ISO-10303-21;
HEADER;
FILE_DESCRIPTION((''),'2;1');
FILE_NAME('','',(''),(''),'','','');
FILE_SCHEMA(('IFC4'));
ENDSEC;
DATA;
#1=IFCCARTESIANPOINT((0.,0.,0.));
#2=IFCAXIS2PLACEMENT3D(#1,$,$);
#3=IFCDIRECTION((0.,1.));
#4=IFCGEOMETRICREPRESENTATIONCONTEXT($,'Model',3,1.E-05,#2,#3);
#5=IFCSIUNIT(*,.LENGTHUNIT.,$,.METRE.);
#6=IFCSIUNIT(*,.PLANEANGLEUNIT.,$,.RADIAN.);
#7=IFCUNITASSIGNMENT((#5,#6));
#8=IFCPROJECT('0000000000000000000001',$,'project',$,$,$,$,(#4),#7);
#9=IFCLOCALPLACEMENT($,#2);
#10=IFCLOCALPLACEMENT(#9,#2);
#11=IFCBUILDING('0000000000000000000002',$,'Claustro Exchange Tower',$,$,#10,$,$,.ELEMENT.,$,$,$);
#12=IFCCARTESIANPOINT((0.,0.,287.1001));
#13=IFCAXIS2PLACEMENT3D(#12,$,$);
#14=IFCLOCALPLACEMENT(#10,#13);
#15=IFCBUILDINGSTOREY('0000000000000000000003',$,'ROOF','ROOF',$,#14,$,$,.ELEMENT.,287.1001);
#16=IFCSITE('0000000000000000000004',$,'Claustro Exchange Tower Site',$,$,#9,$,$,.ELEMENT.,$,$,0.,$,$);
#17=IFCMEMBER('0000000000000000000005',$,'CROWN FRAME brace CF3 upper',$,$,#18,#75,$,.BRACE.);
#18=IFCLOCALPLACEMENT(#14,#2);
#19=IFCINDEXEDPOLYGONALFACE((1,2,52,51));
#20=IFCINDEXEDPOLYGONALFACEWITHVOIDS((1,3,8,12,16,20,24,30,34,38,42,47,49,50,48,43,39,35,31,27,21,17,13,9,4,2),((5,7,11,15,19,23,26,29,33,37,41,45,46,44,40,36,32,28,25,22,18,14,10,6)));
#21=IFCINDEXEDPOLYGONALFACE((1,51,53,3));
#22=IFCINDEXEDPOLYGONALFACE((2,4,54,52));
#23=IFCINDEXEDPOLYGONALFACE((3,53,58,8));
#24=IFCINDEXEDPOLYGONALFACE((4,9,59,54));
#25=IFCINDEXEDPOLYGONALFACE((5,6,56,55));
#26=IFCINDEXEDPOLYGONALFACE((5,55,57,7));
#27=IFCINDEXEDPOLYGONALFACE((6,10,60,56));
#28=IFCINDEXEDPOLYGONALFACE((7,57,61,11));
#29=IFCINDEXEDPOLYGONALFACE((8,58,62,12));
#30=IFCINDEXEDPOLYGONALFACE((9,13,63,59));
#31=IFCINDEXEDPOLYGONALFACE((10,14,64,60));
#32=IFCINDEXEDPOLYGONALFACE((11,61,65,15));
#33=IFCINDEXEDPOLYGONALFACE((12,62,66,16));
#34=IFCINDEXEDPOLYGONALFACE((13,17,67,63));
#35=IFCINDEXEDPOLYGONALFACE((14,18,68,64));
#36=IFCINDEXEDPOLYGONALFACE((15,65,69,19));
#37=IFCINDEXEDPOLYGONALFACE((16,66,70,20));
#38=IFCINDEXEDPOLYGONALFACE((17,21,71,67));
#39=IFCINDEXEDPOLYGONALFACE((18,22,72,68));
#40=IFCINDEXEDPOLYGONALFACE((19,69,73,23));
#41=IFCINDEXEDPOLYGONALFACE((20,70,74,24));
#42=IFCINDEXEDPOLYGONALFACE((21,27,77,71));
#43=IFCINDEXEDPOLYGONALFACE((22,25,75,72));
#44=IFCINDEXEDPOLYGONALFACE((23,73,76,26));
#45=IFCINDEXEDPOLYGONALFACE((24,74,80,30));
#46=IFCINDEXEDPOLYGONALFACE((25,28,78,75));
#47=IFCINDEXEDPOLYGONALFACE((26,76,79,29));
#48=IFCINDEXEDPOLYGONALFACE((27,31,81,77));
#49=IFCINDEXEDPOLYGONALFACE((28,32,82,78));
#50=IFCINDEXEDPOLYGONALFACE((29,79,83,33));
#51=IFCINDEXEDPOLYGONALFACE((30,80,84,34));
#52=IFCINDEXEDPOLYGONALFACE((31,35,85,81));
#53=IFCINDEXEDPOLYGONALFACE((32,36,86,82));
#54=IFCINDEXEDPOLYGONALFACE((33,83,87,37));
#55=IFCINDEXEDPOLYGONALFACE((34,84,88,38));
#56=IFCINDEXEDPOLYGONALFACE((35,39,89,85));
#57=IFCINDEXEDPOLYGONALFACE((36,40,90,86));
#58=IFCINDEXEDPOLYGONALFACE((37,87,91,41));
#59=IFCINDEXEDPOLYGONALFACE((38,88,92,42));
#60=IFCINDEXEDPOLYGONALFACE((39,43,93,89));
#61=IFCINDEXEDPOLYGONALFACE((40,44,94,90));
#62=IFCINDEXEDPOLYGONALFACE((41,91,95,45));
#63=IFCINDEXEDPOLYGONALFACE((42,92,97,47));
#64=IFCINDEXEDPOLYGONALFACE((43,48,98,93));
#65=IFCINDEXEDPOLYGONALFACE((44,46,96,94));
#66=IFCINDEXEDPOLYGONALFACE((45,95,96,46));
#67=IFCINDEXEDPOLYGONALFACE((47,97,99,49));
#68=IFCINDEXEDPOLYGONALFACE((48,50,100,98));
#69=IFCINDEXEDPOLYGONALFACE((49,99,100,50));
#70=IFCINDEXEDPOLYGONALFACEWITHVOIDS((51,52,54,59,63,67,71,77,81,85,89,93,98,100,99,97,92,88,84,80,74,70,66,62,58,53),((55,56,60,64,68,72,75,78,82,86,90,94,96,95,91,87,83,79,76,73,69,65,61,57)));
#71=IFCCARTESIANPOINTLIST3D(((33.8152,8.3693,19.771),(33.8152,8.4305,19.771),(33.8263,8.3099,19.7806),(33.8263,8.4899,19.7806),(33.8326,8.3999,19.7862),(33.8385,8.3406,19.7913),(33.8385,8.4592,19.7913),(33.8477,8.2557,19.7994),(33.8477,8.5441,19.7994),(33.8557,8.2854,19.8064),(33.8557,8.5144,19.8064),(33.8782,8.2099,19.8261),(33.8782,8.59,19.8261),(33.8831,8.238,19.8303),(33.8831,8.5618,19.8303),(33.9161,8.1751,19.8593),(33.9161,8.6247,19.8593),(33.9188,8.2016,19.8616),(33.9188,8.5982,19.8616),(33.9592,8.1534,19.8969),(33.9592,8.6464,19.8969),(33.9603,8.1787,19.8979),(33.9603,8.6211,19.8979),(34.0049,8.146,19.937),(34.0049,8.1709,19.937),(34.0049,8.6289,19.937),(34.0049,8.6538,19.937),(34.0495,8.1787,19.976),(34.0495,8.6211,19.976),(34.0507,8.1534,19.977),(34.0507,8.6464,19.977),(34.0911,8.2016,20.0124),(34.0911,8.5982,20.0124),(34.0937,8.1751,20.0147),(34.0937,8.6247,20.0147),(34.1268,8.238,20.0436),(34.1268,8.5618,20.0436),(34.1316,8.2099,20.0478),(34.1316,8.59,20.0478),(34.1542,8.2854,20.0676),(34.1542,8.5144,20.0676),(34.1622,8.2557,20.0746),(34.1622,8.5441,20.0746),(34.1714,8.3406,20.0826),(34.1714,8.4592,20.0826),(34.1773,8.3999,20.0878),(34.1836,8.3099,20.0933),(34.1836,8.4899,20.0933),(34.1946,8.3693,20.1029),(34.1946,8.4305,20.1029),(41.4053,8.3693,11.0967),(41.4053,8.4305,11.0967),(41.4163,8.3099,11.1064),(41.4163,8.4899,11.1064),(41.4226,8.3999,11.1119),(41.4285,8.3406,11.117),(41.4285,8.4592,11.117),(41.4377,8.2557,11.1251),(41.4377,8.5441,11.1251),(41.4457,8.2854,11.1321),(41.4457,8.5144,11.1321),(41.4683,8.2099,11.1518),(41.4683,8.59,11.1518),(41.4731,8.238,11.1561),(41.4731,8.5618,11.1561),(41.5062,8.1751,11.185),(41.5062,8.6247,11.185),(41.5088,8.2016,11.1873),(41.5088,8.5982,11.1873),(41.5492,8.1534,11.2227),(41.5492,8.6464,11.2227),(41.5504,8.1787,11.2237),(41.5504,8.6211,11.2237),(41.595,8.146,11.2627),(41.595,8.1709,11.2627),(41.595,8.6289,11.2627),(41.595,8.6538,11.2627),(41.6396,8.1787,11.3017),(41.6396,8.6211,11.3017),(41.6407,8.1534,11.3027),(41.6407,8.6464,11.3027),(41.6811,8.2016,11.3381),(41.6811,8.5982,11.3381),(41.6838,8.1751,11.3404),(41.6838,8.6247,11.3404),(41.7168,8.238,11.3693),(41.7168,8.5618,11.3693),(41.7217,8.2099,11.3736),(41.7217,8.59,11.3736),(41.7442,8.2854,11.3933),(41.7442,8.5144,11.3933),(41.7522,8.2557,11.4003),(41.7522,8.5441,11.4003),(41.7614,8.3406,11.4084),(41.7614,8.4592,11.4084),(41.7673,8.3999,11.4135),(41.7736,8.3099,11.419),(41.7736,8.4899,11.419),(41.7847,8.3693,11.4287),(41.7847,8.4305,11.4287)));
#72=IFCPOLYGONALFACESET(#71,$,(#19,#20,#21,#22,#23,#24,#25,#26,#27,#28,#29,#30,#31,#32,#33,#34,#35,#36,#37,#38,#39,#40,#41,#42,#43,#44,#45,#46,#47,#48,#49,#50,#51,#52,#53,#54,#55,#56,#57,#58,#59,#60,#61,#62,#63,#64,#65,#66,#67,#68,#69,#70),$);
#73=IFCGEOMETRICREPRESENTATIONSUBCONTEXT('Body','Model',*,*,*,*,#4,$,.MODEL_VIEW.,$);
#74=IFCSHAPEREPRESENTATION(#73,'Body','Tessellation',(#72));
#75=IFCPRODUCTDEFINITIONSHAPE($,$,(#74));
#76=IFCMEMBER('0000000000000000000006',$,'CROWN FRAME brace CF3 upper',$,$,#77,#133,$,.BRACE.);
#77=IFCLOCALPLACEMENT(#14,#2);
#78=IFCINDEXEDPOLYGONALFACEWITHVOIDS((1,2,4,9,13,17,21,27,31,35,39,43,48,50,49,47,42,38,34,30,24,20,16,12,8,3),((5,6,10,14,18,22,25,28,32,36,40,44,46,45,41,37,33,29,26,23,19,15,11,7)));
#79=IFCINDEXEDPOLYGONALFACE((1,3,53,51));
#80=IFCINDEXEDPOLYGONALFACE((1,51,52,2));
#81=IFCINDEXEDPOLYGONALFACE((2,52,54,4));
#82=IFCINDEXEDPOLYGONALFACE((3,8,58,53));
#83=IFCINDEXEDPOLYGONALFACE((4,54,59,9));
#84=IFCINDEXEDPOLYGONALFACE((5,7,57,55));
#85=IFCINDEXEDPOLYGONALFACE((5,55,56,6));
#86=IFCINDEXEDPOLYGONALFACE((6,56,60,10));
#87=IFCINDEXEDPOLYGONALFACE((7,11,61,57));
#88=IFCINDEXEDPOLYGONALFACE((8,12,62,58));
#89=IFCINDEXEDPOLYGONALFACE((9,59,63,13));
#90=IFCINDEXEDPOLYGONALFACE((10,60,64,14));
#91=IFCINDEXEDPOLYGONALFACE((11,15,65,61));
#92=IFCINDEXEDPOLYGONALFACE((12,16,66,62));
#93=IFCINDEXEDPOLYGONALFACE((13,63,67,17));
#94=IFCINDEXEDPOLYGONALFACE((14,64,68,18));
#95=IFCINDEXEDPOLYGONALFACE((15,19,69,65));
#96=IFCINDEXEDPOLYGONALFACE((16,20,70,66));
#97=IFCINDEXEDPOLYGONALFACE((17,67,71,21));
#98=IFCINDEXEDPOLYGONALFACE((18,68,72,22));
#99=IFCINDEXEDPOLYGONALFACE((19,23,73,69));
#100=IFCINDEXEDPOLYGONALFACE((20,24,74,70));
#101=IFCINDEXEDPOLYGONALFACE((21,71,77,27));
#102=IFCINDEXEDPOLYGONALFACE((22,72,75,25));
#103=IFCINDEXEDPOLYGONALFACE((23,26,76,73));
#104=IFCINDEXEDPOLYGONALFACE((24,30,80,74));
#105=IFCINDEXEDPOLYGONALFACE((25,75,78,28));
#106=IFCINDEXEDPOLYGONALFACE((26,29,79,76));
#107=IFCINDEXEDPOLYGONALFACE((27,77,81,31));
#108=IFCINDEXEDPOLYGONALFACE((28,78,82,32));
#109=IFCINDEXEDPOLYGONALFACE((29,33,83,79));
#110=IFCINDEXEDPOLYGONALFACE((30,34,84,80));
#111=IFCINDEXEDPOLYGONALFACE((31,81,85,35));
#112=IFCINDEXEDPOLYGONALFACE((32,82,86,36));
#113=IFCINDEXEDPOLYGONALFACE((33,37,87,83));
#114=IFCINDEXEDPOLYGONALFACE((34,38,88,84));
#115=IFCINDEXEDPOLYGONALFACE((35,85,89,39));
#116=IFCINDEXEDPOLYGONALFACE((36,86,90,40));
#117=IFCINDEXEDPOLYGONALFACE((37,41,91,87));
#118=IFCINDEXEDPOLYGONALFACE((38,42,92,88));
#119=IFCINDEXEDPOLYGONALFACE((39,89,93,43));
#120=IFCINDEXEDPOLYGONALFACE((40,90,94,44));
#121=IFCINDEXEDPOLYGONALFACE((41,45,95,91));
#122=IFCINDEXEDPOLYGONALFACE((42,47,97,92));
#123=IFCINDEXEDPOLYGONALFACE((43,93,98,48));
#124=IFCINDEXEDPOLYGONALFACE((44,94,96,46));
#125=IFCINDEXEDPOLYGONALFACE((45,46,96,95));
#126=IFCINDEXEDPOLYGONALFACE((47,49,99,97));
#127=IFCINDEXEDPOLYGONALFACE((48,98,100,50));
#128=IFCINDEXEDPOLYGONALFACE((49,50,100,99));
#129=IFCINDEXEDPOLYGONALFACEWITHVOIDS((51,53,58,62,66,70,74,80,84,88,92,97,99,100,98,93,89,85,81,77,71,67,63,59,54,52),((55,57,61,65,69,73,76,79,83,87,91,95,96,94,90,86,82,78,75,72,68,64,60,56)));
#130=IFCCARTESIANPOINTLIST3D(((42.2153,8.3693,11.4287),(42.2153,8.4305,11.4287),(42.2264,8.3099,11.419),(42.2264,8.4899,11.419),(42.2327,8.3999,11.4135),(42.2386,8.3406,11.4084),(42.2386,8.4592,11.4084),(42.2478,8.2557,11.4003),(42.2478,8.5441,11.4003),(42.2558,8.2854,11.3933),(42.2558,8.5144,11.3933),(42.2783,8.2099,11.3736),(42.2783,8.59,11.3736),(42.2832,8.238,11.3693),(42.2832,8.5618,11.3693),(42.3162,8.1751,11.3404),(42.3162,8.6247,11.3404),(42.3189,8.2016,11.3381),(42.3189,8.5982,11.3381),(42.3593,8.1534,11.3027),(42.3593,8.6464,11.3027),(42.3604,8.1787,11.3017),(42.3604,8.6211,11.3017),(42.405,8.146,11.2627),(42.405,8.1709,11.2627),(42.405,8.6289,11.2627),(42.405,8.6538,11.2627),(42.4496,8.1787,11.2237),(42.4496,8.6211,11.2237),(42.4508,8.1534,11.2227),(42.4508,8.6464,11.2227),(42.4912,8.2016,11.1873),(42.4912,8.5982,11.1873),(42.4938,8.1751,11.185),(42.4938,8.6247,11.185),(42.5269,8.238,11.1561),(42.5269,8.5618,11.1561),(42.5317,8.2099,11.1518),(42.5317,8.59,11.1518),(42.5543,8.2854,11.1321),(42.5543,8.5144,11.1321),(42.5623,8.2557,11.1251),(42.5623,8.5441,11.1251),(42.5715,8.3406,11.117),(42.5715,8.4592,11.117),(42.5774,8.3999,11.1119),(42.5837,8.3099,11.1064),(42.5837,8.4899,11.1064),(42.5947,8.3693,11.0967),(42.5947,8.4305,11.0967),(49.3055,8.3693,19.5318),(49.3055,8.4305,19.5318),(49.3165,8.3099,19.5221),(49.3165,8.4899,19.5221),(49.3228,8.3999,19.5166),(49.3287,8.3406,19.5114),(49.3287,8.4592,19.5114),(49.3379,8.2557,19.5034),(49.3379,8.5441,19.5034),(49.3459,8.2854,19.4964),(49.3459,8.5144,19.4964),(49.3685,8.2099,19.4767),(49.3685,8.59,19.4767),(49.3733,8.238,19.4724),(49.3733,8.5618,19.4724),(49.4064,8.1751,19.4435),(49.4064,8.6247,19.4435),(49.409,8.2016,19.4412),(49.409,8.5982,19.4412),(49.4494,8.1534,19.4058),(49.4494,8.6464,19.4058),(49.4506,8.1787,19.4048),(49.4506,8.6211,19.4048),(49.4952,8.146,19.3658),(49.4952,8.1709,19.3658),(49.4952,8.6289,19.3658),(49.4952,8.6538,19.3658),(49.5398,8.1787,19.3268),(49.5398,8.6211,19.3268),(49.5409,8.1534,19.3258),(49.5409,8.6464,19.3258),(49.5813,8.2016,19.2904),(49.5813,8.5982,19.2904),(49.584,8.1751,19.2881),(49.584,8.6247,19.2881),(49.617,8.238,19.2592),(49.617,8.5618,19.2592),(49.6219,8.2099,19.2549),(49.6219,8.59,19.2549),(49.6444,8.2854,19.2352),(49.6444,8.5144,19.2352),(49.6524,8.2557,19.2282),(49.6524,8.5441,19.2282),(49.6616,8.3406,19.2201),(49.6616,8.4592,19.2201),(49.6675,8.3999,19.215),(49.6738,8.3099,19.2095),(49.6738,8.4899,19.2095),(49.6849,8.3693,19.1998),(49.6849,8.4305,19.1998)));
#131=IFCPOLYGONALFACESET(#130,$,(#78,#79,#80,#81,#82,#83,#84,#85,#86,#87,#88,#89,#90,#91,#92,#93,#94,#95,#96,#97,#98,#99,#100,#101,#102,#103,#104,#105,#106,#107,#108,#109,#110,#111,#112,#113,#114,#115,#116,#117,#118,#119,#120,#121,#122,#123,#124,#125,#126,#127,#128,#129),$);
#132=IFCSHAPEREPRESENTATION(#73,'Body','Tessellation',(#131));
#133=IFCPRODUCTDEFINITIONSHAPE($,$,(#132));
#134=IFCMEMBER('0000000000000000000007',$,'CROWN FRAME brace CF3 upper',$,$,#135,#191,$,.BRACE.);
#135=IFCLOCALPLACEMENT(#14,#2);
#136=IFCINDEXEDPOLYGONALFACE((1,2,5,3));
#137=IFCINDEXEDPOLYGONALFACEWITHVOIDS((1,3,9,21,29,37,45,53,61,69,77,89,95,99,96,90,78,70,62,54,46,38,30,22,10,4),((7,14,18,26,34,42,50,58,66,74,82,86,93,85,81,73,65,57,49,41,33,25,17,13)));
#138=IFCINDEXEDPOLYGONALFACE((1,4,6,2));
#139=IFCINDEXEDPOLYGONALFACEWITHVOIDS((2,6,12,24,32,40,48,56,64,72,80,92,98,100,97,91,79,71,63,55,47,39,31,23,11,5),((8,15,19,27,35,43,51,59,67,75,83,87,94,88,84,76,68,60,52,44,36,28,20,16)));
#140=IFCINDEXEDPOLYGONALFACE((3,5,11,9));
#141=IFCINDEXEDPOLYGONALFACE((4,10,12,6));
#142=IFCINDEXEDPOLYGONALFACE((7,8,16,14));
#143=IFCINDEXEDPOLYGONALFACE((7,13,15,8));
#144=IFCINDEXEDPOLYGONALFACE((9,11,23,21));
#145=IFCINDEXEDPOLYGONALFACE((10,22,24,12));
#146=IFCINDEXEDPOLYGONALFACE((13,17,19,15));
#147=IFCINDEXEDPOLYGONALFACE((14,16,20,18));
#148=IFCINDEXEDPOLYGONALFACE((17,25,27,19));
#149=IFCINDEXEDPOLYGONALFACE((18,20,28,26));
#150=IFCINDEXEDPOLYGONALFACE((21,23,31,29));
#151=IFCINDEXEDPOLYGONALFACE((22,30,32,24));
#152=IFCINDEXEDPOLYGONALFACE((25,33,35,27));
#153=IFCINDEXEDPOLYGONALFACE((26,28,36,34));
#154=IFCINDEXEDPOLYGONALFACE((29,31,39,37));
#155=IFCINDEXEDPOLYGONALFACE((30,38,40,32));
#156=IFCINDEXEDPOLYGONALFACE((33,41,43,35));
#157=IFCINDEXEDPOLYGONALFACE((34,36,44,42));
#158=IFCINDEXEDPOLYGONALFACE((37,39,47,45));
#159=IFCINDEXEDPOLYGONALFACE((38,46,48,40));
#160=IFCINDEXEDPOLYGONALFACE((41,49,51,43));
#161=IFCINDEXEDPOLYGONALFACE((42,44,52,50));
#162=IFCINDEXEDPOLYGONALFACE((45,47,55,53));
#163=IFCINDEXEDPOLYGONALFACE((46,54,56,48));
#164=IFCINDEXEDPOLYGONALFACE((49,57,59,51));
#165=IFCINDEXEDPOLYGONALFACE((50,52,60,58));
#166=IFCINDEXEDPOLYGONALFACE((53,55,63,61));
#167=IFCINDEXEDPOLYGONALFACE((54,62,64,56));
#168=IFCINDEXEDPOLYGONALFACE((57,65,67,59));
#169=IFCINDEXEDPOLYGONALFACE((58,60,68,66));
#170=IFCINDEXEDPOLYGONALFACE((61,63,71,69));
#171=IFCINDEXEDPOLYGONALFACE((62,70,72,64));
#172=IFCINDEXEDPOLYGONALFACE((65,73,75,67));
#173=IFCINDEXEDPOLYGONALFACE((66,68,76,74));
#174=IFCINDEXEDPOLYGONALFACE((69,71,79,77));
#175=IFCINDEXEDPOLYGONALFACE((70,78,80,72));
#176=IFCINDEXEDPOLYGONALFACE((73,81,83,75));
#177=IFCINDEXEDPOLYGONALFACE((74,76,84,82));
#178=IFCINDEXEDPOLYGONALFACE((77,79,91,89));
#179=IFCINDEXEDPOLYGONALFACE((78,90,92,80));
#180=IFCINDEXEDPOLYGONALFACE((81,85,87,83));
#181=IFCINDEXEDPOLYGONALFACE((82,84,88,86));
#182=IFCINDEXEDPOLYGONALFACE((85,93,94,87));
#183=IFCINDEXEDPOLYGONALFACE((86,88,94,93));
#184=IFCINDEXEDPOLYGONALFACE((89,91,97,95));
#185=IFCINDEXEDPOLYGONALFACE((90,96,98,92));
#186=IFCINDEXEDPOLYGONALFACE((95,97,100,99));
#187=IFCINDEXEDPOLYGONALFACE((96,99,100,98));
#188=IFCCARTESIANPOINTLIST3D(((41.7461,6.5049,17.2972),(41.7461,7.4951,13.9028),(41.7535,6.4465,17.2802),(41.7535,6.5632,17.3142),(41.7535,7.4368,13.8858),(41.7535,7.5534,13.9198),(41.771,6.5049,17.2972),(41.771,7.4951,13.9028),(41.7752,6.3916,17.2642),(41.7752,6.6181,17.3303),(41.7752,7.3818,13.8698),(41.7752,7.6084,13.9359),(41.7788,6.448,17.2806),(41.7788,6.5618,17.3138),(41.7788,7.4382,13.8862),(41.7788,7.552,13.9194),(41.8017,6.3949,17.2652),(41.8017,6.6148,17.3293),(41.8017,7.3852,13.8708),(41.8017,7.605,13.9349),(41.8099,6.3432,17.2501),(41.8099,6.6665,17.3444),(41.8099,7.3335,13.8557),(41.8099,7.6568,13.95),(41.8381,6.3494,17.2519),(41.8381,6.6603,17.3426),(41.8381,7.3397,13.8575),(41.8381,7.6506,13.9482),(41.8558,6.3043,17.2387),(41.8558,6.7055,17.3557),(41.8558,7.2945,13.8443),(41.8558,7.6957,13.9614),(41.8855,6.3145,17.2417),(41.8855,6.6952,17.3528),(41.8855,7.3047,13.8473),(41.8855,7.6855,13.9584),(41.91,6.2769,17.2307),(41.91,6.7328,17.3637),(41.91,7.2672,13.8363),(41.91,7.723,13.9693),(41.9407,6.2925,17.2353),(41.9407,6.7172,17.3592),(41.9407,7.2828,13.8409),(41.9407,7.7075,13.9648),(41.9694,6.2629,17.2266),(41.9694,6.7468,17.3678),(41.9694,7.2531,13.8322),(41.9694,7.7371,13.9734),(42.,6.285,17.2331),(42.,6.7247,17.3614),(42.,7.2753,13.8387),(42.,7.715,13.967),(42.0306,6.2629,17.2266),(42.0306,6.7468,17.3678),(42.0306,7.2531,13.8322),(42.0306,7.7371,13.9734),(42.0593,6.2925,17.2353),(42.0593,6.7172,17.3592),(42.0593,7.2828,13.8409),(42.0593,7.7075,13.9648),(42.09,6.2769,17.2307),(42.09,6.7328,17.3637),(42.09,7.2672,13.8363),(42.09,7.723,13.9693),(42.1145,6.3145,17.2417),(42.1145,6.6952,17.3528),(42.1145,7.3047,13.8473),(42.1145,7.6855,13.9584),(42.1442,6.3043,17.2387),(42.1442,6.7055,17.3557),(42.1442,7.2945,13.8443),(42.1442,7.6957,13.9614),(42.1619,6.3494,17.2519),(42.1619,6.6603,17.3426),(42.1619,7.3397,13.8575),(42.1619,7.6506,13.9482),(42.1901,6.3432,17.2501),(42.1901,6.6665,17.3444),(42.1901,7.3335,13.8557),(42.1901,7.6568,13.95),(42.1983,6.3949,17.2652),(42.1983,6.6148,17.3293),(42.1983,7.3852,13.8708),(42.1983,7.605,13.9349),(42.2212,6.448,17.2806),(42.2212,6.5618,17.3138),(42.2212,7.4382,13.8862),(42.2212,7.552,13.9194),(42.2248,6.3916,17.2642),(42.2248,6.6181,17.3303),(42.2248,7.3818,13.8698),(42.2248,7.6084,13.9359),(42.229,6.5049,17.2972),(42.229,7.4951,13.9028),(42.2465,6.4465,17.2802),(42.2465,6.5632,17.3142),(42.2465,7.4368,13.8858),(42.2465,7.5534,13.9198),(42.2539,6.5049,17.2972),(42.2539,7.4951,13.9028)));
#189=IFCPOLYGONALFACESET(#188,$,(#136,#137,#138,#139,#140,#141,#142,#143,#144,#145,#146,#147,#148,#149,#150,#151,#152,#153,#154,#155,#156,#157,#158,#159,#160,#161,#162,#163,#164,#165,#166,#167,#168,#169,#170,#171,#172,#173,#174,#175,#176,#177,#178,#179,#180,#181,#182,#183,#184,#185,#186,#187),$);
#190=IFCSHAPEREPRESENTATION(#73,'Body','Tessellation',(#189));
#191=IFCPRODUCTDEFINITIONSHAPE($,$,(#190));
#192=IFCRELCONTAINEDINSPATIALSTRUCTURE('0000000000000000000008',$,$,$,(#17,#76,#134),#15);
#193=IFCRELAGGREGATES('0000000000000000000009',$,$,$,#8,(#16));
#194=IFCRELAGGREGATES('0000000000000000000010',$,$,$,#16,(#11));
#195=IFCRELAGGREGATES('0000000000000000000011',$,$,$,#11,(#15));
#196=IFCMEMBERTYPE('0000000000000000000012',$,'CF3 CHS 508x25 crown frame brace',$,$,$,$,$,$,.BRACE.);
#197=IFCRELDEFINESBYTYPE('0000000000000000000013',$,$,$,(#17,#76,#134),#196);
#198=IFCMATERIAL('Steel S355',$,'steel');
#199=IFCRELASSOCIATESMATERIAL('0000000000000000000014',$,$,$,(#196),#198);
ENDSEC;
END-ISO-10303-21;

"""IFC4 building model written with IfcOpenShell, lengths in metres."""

from ifc_helpers import new_model, si_unit, direction, frame, origin, origin_2d, place, context, subcontext, project, spatial, hollow_circle, extrude, material, material_profile, profile_set, type_object, element, save


model = new_model("IFC4")

# Units and contexts
model_context = context("Model", 3, precision=1e-05, world=origin(), true_north=direction((0.0, 1.0)))
body_context = subcontext(model_context, "Body", "Model", "MODEL_VIEW")
ifc_project = project(units=[si_unit("LENGTHUNIT", "METRE"), si_unit("PLANEANGLEUNIT", "RADIAN")], contexts=[model_context])

# Site, building, storey
site_placement = place(None, origin())
site = spatial("IfcSite", under=ifc_project, at=site_placement, Name="Claustro Exchange Tower Site", CompositionType="ELEMENT", RefElevation=0.0)
building_placement = place(site_placement, origin())
building = spatial("IfcBuilding", under=site, at=building_placement, Name="Claustro Exchange Tower", CompositionType="ELEMENT")
storey_placement = place(building_placement, frame((0.0, 0.0, 287.1001)))
storey = spatial("IfcBuildingStorey", under=building, at=storey_placement, Name="ROOF", Description="ROOF", CompositionType="ELEMENT", Elevation=287.1001)

# Members
ifc_material_1 = material(Name="Steel S355", Category="steel")
ifc_material_profile_1 = material_profile(ifc_material_1, hollow_circle(Radius=0.2539, WallThickness=0.0249, at=origin_2d()), Name="CHS 508x25")
ifc_profile_set_1 = profile_set([ifc_material_profile_1], Name="Steel S355")
member_type = type_object("IfcMemberType", Name="CF3 CHS 508x25 crown frame brace", PredefinedType="BRACE", material=ifc_profile_set_1)
for number, where, z_axis, x_axis, name in (
    (1, (41.595, 8.3999, 11.2627), (-0.658508, 0.0, 0.752574), (0.0, -1.0, 0.0), "CROWN FRAME brace CF3 upper"),
):
    element("IfcMember", number, at=place(storey_placement, frame(where, z_axis=z_axis, x_axis=x_axis)), inside=storey, type_object=member_type, Name=name, PredefinedType="BRACE", context=body_context, shape_type="SweptSolid", body=[
        extrude(hollow_circle(Radius=0.2539, WallThickness=0.0249, at=origin_2d()), origin(), (0.0, 0.0, 1.0), 11.5261),
    ])
member_1_placement = place(storey_placement, frame((42.405, 8.3999, 11.2627), z_axis=(0.658501, 0.0, 0.75258), x_axis=(0.0, 1.0, 0.0)))
element("IfcMember", 2, at=member_1_placement, inside=storey, type_object=member_type, Name="CROWN FRAME brace CF3 upper", PredefinedType="BRACE", context=body_context, shape_type="SweptSolid", body=[
    extrude(hollow_circle(Radius=0.2539, WallThickness=0.0249, at=origin_2d()), origin(), (0.0, 0.0, 1.0), 10.7671),
])
member_2_placement = place(storey_placement, frame((42.0, 7.4951, 13.9028), z_axis=(0.0, -0.280061, 0.959982), x_axis=(1.0, 0.0, 0.0)))
element("IfcMember", 3, at=member_2_placement, inside=storey, type_object=member_type, Name="CROWN FRAME brace CF3 upper", PredefinedType="BRACE", context=body_context, shape_type="SweptSolid", body=[
    extrude(hollow_circle(Radius=0.2539, WallThickness=0.0249, at=origin_2d()), origin(), (0.0, 0.0, 1.0), 3.5359),
])

save(model, "model.ifc")
